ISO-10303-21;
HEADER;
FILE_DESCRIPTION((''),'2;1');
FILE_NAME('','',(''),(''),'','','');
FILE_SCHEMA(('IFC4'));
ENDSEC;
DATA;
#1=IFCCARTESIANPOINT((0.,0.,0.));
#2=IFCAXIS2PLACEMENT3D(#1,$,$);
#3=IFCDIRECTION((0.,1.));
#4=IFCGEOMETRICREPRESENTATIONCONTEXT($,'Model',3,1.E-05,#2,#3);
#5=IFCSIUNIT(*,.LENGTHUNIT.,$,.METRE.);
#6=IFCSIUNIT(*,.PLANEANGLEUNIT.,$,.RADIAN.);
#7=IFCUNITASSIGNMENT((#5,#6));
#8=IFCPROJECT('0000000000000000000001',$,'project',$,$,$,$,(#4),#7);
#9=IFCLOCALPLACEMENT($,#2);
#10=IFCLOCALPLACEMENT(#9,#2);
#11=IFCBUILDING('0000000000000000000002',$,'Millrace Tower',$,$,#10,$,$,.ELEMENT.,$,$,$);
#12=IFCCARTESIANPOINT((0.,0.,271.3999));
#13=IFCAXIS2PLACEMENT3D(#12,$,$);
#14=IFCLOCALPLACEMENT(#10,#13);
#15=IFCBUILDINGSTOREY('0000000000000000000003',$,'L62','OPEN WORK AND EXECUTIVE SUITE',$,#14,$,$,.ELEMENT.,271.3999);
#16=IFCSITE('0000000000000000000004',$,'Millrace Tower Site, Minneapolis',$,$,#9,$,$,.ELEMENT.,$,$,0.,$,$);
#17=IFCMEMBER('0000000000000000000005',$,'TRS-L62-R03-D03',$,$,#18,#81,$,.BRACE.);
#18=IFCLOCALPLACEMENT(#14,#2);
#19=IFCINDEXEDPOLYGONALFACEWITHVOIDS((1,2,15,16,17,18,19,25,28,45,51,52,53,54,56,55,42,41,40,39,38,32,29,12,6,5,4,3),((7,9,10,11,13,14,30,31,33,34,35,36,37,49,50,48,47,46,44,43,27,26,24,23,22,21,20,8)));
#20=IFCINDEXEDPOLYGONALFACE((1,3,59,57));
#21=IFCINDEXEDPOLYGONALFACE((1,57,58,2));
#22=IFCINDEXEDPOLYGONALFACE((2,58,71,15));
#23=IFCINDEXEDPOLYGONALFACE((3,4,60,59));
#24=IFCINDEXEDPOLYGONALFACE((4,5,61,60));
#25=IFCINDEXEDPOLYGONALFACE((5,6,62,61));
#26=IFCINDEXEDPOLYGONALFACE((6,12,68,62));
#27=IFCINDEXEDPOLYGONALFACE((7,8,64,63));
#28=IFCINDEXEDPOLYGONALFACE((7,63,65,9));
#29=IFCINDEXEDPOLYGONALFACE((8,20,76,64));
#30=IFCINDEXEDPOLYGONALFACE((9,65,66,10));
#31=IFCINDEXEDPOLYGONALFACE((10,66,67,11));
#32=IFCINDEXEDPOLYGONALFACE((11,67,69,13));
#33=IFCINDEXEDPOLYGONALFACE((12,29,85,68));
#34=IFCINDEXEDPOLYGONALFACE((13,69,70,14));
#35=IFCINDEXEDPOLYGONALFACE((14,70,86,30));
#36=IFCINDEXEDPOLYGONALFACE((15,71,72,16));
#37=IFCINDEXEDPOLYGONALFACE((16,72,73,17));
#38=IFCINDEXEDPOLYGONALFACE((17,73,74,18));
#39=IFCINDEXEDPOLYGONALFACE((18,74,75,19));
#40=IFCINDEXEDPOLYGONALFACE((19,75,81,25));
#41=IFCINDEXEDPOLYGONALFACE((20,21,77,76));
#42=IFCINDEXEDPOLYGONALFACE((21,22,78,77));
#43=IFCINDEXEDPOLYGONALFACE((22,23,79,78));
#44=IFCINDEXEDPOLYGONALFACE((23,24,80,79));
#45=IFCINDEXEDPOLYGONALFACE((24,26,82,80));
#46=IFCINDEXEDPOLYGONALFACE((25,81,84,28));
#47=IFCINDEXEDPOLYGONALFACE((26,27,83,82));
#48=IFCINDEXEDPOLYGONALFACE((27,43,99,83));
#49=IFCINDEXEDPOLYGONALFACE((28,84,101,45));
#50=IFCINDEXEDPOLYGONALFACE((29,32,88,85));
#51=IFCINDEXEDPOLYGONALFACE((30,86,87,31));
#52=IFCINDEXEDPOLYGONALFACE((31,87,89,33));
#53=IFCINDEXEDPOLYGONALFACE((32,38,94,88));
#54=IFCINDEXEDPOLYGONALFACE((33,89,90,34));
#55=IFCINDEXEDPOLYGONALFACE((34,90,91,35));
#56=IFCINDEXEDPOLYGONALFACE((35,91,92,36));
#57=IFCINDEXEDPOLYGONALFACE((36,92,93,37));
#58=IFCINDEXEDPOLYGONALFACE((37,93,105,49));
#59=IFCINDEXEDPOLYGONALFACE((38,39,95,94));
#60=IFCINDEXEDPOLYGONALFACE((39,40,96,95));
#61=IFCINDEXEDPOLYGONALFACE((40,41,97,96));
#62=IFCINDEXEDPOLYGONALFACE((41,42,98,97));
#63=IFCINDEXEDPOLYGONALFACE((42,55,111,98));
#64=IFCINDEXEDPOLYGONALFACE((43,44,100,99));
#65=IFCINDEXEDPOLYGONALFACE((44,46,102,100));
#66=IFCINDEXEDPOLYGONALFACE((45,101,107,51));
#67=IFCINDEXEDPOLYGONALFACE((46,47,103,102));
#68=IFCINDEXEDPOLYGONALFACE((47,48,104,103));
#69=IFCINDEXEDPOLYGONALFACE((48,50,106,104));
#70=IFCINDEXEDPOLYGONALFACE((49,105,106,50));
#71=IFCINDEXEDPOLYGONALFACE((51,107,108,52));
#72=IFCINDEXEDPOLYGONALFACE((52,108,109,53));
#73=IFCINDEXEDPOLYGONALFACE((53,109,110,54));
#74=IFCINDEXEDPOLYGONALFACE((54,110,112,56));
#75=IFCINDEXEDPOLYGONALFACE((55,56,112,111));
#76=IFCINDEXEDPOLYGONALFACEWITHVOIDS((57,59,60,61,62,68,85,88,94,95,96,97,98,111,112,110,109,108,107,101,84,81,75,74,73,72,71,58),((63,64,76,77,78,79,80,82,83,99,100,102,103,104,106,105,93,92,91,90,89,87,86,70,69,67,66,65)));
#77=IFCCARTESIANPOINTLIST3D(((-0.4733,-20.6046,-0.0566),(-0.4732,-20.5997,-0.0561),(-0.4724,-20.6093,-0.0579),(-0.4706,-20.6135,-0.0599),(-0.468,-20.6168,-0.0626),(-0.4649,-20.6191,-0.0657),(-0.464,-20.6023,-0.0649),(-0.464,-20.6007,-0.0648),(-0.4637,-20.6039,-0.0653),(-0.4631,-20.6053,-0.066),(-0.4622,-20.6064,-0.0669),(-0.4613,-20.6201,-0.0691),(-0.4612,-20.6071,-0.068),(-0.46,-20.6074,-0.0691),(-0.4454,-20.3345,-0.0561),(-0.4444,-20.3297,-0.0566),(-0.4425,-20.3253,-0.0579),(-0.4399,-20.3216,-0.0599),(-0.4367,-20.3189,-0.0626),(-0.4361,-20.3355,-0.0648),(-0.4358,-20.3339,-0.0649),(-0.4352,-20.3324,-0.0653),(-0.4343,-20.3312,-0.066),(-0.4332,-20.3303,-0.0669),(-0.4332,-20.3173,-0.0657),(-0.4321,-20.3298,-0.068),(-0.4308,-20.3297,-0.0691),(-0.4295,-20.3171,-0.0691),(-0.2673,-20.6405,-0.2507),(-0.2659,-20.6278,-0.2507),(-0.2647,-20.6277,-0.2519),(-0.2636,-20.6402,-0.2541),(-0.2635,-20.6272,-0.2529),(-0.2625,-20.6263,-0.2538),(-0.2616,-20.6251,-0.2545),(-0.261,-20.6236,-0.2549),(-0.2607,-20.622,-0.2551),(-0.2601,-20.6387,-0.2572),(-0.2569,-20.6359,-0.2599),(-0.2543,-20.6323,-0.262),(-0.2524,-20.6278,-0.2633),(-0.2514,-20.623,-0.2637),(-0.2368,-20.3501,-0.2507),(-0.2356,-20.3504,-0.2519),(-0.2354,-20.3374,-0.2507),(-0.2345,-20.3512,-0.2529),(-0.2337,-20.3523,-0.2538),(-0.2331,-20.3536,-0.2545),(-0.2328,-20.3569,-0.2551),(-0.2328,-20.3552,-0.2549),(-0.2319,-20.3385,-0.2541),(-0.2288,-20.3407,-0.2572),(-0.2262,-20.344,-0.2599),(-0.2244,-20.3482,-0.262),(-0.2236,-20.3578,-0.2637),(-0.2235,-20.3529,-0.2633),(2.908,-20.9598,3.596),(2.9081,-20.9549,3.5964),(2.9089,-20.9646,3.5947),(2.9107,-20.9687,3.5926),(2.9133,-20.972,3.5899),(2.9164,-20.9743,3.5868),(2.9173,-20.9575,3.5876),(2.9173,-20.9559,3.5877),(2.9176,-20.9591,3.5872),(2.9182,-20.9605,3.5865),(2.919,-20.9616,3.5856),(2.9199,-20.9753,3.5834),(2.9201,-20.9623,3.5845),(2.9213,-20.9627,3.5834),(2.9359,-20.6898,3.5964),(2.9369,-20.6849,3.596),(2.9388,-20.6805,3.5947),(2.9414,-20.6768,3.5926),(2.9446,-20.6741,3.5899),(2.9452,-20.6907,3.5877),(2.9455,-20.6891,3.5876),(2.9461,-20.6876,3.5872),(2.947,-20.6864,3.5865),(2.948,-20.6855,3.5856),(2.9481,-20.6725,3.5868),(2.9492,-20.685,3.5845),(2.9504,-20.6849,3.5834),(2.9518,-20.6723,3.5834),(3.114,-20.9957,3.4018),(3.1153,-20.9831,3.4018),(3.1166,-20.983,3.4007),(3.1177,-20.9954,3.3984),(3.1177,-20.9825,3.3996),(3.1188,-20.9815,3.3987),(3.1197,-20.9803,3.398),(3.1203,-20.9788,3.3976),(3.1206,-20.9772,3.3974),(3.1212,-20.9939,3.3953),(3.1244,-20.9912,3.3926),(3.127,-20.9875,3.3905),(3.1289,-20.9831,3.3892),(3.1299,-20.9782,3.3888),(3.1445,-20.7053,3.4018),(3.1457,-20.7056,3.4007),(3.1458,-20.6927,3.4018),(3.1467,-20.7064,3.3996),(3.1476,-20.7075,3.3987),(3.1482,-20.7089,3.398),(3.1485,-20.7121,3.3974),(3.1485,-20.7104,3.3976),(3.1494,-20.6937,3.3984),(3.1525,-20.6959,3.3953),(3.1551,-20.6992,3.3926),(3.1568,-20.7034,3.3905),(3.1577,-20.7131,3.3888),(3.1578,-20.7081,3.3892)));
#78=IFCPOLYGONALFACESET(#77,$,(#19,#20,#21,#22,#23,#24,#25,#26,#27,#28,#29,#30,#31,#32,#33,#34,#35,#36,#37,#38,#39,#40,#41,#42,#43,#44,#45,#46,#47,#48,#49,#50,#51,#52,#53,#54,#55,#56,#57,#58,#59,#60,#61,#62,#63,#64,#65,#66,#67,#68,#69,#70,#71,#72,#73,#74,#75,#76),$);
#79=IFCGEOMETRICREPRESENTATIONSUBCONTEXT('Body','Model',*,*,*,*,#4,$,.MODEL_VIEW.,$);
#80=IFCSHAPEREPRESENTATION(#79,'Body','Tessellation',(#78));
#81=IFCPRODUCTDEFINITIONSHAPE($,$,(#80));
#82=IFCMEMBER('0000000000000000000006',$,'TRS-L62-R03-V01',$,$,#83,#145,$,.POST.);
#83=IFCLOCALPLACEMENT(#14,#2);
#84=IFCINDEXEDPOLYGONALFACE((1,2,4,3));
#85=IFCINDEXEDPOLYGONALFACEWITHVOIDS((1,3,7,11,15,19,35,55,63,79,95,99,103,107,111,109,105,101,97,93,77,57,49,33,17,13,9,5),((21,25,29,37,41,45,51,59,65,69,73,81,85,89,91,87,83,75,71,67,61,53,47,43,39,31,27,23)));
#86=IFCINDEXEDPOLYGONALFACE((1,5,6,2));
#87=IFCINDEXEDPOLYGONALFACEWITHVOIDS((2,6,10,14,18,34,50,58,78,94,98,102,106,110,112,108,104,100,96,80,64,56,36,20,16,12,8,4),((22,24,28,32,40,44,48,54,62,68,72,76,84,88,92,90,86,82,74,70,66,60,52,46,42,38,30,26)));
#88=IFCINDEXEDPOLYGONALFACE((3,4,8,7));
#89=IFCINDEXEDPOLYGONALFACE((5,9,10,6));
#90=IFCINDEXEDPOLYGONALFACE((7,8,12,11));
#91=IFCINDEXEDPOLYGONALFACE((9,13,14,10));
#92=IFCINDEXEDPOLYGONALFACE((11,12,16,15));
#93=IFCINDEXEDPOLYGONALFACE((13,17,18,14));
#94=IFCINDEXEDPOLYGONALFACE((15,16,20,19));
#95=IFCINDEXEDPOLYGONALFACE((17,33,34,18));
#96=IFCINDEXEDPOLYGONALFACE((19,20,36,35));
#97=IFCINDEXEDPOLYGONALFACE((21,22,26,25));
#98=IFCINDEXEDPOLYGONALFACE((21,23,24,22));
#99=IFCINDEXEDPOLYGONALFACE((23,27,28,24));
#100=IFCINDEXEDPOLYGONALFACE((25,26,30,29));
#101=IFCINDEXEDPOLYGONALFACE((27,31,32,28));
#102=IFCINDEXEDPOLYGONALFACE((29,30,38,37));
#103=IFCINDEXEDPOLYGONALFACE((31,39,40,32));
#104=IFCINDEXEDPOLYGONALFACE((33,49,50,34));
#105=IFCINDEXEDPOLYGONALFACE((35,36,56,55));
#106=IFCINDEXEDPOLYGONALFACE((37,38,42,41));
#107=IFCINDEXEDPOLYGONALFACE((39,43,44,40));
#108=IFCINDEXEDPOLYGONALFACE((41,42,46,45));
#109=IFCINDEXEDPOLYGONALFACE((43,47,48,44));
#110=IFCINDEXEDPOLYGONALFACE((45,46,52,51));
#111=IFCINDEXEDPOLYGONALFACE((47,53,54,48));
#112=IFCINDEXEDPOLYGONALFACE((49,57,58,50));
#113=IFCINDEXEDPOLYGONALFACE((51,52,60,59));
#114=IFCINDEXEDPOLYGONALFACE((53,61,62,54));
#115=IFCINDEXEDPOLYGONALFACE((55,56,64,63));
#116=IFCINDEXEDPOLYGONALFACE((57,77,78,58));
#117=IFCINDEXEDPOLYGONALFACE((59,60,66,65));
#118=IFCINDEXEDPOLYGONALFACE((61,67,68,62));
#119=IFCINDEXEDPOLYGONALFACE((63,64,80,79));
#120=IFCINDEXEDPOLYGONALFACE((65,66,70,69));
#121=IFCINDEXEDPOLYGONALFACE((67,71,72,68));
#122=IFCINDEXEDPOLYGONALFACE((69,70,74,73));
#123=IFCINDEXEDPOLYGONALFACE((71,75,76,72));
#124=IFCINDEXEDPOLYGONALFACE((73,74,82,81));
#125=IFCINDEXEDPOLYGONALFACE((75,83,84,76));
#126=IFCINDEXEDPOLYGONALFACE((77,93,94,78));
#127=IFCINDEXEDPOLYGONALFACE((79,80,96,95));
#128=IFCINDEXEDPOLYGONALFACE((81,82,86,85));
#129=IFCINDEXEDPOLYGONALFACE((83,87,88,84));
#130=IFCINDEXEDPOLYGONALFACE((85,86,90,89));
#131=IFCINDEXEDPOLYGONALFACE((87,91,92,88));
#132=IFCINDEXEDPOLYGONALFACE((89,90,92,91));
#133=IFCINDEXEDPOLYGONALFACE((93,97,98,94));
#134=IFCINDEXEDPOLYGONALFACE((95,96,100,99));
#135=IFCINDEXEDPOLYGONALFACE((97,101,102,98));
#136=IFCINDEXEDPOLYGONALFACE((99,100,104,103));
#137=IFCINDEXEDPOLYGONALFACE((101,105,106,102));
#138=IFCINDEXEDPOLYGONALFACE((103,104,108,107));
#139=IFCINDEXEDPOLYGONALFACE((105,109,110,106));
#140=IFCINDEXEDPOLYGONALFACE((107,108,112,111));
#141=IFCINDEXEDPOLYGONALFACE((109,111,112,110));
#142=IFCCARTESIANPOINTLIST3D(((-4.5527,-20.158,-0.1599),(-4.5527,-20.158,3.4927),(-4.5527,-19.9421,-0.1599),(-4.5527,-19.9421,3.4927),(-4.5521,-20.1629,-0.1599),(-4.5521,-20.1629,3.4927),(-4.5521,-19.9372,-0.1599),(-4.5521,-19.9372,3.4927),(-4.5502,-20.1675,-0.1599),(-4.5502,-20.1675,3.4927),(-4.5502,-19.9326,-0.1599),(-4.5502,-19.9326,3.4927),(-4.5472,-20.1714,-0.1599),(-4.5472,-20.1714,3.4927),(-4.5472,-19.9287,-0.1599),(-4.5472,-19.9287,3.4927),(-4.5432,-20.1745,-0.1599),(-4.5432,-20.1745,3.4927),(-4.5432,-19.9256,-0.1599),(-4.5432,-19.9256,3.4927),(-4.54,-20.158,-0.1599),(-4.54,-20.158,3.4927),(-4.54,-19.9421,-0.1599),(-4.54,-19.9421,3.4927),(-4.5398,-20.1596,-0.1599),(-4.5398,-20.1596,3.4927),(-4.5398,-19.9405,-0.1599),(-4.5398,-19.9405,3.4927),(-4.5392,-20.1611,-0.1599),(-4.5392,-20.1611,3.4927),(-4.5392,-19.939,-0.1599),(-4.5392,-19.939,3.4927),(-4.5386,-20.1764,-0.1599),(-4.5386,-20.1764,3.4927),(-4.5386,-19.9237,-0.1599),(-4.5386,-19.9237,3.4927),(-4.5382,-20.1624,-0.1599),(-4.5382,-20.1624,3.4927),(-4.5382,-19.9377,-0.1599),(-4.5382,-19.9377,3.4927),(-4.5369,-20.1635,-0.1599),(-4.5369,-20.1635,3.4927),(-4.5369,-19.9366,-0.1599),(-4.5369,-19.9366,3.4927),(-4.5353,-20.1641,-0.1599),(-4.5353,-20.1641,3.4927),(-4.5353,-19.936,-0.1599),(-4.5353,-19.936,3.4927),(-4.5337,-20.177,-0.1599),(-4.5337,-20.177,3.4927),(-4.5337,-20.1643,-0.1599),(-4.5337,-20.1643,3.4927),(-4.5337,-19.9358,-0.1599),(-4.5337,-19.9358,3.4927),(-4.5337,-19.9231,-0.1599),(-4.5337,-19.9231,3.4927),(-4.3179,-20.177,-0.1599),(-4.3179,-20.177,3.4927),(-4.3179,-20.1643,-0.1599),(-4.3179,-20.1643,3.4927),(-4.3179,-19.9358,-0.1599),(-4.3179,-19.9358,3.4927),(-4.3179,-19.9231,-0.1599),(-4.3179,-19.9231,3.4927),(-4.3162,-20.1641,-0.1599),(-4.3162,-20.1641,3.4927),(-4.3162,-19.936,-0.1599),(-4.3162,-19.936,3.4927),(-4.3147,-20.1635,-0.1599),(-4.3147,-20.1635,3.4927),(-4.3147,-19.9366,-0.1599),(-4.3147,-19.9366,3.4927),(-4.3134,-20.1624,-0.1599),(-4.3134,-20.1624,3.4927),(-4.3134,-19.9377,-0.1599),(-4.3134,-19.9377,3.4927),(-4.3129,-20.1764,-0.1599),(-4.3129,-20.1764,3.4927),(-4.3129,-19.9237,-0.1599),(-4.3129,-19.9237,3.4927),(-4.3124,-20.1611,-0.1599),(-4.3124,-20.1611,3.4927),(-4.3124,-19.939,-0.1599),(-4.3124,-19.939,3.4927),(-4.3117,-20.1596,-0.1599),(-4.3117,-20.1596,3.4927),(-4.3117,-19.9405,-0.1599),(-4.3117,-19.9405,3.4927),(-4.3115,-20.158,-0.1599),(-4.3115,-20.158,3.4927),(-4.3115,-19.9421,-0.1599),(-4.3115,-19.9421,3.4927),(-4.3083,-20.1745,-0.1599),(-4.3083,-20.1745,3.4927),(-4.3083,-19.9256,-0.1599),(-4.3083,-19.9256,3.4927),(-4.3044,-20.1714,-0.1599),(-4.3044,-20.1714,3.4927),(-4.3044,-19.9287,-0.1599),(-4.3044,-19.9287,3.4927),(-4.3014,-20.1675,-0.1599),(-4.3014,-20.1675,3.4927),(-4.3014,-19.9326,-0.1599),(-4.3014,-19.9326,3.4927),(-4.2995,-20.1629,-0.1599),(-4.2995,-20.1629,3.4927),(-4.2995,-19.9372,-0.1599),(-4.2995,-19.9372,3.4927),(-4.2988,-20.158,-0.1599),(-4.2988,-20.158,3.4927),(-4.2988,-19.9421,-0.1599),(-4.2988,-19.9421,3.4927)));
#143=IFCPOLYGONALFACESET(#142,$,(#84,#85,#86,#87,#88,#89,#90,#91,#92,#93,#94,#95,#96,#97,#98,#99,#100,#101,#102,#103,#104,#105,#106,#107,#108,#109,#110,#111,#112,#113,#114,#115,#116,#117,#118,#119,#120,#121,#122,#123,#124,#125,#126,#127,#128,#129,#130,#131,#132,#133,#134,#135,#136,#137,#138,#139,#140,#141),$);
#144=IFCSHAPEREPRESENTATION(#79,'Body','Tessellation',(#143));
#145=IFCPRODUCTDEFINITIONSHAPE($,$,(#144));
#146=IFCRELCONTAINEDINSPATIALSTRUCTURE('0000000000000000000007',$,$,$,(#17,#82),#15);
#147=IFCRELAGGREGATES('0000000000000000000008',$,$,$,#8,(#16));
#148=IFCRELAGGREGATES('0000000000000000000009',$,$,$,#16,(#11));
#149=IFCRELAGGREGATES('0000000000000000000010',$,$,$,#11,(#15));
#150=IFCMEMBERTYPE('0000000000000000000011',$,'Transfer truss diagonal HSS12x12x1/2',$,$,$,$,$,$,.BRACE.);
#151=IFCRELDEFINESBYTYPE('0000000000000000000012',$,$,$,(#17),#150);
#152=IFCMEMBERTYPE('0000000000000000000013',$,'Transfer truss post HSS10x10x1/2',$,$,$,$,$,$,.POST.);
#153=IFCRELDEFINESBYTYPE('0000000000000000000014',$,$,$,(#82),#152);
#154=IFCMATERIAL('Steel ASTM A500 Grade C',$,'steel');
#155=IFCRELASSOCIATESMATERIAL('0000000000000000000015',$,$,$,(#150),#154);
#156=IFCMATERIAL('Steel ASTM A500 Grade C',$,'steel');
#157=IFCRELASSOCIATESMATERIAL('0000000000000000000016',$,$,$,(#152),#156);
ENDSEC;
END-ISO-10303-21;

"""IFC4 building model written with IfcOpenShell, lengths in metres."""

from ifc_helpers import new_model, si_unit, direction, frame, origin, origin_2d, place, context, subcontext, project, spatial, hollow_rectangle, extrude, material, material_profile, profile_set, type_object, element, save


model = new_model("IFC4")

# Units and contexts
model_context = context("Model", 3, precision=1e-05, world=origin(), true_north=direction((0.0, 1.0)))
body_context = subcontext(model_context, "Body", "Model", "MODEL_VIEW")
ifc_project = project(units=[si_unit("LENGTHUNIT", "METRE"), si_unit("PLANEANGLEUNIT", "RADIAN")], contexts=[model_context])

# Site, building, storey
site_placement = place(None, origin())
site = spatial("IfcSite", under=ifc_project, at=site_placement, Name="Millrace Tower Site, Minneapolis", CompositionType="ELEMENT", RefElevation=0.0)
building_placement = place(site_placement, origin())
building = spatial("IfcBuilding", under=site, at=building_placement, Name="Millrace Tower", CompositionType="ELEMENT")
storey_placement = place(building_placement, frame((0.0, 0.0, 271.3999)))
storey = spatial("IfcBuildingStorey", under=building, at=storey_placement, Name="L62", Description="OPEN WORK AND EXECUTIVE SUITE", CompositionType="ELEMENT", Elevation=271.3999)

# Members
ifc_material_1 = material(Name="Steel ASTM A500 Grade C", Category="steel")
ifc_material_profile_1 = material_profile(ifc_material_1, hollow_rectangle(XDim=0.3047, YDim=0.3047, WallThickness=0.0127, InnerFilletRadius=0.0063, OuterFilletRadius=0.019, at=origin_2d()))
ifc_profile_set_1 = profile_set([ifc_material_profile_1], Name="Steel ASTM A500 Grade C")
member_type_1 = type_object("IfcMemberType", Name="Transfer truss diagonal HSS12x12x1/2", PredefinedType="BRACE", material=ifc_profile_set_1)
member_1_placement = place(storey_placement, frame((-0.3484, -20.4788, -0.1599), z_axis=(0.677611, -0.071186, 0.731967), x_axis=(0.104479, 0.994527, 0.0)))
element("IfcMember", 1, at=member_1_placement, inside=storey, type_object=member_type_1, Name="TRS-L62-R03-D03", PredefinedType="BRACE", context=body_context, shape_type="SweptSolid", body=[
    extrude(hollow_rectangle(XDim=0.3047, YDim=0.3047, WallThickness=0.0127, InnerFilletRadius=0.0063, OuterFilletRadius=0.019, at=origin_2d()), origin(), (0.0, 0.0, 1.0), 4.99),
])
ifc_material_2 = material(Name="Steel ASTM A500 Grade C", Category="steel")
ifc_material_profile_2 = material_profile(ifc_material_2, hollow_rectangle(XDim=0.2539, YDim=0.2539, WallThickness=0.0127, InnerFilletRadius=0.0063, OuterFilletRadius=0.019, at=origin_2d()))
ifc_profile_set_2 = profile_set([ifc_material_profile_2], Name="Steel ASTM A500 Grade C")
member_type_2 = type_object("IfcMemberType", Name="Transfer truss post HSS10x10x1/2", PredefinedType="POST", material=ifc_profile_set_2)
for number, where, z_axis, x_axis, name in (
    (2, (-4.4258, -20.05, -0.1599), (0.0, 0.0, 1.0), (1.0, 0.0, 0.0), "TRS-L62-R03-V01"),
):
    element("IfcMember", number, at=place(storey_placement, frame(where, z_axis=z_axis, x_axis=x_axis)), inside=storey, type_object=member_type_2, Name=name, PredefinedType="POST", context=body_context, shape_type="SweptSolid", body=[
        extrude(hollow_rectangle(XDim=0.2539, YDim=0.2539, WallThickness=0.0127, InnerFilletRadius=0.0063, OuterFilletRadius=0.019, at=origin_2d()), origin(), (0.0, 0.0, 1.0), 3.6526),
    ])

save(model, "model.ifc")
